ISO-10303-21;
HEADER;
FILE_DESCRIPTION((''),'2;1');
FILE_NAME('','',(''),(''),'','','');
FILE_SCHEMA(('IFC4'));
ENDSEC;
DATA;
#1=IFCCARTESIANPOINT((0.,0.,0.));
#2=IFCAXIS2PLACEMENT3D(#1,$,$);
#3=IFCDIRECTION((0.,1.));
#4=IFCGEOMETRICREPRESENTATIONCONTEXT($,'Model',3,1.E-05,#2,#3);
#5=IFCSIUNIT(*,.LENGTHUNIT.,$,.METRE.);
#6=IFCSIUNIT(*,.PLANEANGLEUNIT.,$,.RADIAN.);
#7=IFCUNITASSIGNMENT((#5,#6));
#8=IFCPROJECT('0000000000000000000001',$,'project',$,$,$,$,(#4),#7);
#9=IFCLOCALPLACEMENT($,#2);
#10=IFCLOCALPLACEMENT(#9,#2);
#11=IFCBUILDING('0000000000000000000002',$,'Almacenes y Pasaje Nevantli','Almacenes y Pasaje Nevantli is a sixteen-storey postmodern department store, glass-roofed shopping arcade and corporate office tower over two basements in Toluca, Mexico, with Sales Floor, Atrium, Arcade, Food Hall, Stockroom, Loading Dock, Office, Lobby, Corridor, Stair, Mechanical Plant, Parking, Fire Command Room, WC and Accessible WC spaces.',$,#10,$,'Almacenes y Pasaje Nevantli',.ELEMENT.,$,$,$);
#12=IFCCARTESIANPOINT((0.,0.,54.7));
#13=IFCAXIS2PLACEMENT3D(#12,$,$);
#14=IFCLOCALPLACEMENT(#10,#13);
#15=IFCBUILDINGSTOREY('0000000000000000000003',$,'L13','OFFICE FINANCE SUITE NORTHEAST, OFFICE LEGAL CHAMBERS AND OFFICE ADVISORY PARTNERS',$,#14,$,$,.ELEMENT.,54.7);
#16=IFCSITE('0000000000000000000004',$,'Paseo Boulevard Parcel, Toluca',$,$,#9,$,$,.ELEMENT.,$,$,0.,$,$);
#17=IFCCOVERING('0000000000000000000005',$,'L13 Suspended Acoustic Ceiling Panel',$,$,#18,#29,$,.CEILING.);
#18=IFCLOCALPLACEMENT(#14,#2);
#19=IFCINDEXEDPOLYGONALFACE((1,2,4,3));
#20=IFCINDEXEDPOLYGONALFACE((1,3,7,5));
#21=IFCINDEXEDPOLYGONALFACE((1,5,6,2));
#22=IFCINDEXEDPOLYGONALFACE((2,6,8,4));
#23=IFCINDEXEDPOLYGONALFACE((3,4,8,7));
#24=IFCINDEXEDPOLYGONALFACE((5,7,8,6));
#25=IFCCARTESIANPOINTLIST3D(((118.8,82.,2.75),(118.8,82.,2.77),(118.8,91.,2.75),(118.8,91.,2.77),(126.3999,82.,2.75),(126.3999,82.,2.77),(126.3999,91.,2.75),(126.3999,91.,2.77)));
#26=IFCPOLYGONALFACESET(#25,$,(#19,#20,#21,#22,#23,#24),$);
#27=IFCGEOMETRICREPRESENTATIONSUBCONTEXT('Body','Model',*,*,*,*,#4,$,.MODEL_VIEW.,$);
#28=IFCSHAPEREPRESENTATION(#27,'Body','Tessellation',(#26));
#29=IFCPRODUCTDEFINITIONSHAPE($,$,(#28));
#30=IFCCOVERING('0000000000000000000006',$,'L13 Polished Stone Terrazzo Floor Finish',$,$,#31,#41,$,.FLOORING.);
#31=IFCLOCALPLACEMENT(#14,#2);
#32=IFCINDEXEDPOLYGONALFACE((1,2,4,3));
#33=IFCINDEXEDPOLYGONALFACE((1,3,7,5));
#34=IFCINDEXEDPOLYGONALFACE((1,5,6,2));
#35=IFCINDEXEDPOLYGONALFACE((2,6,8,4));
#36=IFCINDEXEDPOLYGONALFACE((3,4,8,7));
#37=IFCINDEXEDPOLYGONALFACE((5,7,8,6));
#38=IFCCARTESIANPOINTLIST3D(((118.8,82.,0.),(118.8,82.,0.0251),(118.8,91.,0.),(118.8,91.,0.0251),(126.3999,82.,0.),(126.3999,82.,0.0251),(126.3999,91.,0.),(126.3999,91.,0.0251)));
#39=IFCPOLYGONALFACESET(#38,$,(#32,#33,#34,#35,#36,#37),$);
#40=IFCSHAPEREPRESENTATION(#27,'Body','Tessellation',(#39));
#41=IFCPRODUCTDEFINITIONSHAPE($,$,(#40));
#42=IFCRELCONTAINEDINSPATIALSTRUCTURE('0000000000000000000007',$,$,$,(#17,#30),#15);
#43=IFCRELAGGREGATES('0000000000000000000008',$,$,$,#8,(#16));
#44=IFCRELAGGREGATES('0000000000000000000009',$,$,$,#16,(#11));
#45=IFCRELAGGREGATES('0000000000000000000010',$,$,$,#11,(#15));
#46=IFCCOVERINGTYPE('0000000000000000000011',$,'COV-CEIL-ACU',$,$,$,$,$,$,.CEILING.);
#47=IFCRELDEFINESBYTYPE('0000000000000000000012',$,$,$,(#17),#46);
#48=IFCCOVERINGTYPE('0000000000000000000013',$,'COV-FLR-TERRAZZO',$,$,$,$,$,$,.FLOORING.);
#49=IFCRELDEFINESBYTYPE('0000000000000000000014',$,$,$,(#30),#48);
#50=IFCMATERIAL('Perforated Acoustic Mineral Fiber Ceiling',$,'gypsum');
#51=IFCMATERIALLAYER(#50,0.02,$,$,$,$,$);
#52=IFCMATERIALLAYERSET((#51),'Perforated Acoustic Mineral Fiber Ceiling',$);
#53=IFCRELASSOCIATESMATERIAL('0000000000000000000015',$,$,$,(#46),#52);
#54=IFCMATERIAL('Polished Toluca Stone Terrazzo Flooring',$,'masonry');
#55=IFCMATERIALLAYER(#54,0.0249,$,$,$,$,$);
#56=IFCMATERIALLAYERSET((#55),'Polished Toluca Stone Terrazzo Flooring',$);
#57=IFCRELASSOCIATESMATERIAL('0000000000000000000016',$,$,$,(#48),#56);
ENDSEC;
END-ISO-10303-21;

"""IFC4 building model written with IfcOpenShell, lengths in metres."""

from ifc_helpers import new_model, si_unit, direction, frame, origin, place, context, subcontext, project, spatial, polyline, outline, extrude, material, layer, layer_set, type_object, element, save


model = new_model("IFC4")

# Units and contexts
model_context = context("Model", 3, precision=1e-05, world=origin(), true_north=direction((0.0, 1.0)))
body_context = subcontext(model_context, "Body", "Model", "MODEL_VIEW")
ifc_project = project(units=[si_unit("LENGTHUNIT", "METRE"), si_unit("PLANEANGLEUNIT", "RADIAN")], contexts=[model_context])

# Site, building, storey
site_placement = place(None, origin())
site = spatial("IfcSite", under=ifc_project, at=site_placement, Name="Paseo Boulevard Parcel, Toluca", CompositionType="ELEMENT", RefElevation=0.0)
building_placement = place(site_placement, origin())
building = spatial("IfcBuilding", under=site, at=building_placement, Name="Almacenes y Pasaje Nevantli", Description="Almacenes y Pasaje Nevantli is a sixteen-storey postmodern department store, glass-roofed shopping arcade and corporate office tower over two basements in Toluca, Mexico, with Sales Floor, Atrium, Arcade, Food Hall, Stockroom, Loading Dock, Office, Lobby, Corridor, Stair, Mechanical Plant, Parking, Fire Command Room, WC and Accessible WC spaces.", LongName="Almacenes y Pasaje Nevantli", CompositionType="ELEMENT")
storey_placement = place(building_placement, frame((0.0, 0.0, 54.7)))
storey = spatial("IfcBuildingStorey", under=building, at=storey_placement, Name="L13", Description="OFFICE FINANCE SUITE NORTHEAST, OFFICE LEGAL CHAMBERS AND OFFICE ADVISORY PARTNERS", CompositionType="ELEMENT", Elevation=54.7)

# Coverings
ifc_material_1 = material(Name="Perforated Acoustic Mineral Fiber Ceiling", Category="gypsum")
ifc_layer_1 = layer(ifc_material_1, 0.02)
ifc_layer_set_1 = layer_set([ifc_layer_1], Name="Perforated Acoustic Mineral Fiber Ceiling")
covering_type_1 = type_object("IfcCoveringType", Name="COV-CEIL-ACU", PredefinedType="CEILING", material=ifc_layer_set_1)
covering_1_placement = place(storey_placement, frame((0.0, 0.0, 2.75)))
element("IfcCovering", 1, at=covering_1_placement, inside=storey, type_object=covering_type_1, Name="L13 Suspended Acoustic Ceiling Panel", PredefinedType="CEILING", context=body_context, shape_type="SweptSolid", body=[
    extrude(outline(polyline([(118.8, 82.0), (126.3999, 82.0), (126.3999, 91.0), (118.8, 91.0), (118.8, 82.0)])), origin(), (0.0, 0.0, 1.0), 0.02),
])
ifc_material_2 = material(Name="Polished Toluca Stone Terrazzo Flooring", Category="masonry")
ifc_layer_2 = layer(ifc_material_2, 0.0249)
ifc_layer_set_2 = layer_set([ifc_layer_2], Name="Polished Toluca Stone Terrazzo Flooring")
covering_type_2 = type_object("IfcCoveringType", Name="COV-FLR-TERRAZZO", PredefinedType="FLOORING", material=ifc_layer_set_2)
covering_2_placement = place(storey_placement, origin())
element("IfcCovering", 2, at=covering_2_placement, inside=storey, type_object=covering_type_2, Name="L13 Polished Stone Terrazzo Floor Finish", PredefinedType="FLOORING", context=body_context, shape_type="SweptSolid", body=[
    extrude(outline(polyline([(118.8, 82.0), (126.3999, 82.0), (126.3999, 91.0), (118.8, 91.0), (118.8, 82.0)])), origin(), (0.0, 0.0, 1.0), 0.0251),
])

save(model, "model.ifc")
